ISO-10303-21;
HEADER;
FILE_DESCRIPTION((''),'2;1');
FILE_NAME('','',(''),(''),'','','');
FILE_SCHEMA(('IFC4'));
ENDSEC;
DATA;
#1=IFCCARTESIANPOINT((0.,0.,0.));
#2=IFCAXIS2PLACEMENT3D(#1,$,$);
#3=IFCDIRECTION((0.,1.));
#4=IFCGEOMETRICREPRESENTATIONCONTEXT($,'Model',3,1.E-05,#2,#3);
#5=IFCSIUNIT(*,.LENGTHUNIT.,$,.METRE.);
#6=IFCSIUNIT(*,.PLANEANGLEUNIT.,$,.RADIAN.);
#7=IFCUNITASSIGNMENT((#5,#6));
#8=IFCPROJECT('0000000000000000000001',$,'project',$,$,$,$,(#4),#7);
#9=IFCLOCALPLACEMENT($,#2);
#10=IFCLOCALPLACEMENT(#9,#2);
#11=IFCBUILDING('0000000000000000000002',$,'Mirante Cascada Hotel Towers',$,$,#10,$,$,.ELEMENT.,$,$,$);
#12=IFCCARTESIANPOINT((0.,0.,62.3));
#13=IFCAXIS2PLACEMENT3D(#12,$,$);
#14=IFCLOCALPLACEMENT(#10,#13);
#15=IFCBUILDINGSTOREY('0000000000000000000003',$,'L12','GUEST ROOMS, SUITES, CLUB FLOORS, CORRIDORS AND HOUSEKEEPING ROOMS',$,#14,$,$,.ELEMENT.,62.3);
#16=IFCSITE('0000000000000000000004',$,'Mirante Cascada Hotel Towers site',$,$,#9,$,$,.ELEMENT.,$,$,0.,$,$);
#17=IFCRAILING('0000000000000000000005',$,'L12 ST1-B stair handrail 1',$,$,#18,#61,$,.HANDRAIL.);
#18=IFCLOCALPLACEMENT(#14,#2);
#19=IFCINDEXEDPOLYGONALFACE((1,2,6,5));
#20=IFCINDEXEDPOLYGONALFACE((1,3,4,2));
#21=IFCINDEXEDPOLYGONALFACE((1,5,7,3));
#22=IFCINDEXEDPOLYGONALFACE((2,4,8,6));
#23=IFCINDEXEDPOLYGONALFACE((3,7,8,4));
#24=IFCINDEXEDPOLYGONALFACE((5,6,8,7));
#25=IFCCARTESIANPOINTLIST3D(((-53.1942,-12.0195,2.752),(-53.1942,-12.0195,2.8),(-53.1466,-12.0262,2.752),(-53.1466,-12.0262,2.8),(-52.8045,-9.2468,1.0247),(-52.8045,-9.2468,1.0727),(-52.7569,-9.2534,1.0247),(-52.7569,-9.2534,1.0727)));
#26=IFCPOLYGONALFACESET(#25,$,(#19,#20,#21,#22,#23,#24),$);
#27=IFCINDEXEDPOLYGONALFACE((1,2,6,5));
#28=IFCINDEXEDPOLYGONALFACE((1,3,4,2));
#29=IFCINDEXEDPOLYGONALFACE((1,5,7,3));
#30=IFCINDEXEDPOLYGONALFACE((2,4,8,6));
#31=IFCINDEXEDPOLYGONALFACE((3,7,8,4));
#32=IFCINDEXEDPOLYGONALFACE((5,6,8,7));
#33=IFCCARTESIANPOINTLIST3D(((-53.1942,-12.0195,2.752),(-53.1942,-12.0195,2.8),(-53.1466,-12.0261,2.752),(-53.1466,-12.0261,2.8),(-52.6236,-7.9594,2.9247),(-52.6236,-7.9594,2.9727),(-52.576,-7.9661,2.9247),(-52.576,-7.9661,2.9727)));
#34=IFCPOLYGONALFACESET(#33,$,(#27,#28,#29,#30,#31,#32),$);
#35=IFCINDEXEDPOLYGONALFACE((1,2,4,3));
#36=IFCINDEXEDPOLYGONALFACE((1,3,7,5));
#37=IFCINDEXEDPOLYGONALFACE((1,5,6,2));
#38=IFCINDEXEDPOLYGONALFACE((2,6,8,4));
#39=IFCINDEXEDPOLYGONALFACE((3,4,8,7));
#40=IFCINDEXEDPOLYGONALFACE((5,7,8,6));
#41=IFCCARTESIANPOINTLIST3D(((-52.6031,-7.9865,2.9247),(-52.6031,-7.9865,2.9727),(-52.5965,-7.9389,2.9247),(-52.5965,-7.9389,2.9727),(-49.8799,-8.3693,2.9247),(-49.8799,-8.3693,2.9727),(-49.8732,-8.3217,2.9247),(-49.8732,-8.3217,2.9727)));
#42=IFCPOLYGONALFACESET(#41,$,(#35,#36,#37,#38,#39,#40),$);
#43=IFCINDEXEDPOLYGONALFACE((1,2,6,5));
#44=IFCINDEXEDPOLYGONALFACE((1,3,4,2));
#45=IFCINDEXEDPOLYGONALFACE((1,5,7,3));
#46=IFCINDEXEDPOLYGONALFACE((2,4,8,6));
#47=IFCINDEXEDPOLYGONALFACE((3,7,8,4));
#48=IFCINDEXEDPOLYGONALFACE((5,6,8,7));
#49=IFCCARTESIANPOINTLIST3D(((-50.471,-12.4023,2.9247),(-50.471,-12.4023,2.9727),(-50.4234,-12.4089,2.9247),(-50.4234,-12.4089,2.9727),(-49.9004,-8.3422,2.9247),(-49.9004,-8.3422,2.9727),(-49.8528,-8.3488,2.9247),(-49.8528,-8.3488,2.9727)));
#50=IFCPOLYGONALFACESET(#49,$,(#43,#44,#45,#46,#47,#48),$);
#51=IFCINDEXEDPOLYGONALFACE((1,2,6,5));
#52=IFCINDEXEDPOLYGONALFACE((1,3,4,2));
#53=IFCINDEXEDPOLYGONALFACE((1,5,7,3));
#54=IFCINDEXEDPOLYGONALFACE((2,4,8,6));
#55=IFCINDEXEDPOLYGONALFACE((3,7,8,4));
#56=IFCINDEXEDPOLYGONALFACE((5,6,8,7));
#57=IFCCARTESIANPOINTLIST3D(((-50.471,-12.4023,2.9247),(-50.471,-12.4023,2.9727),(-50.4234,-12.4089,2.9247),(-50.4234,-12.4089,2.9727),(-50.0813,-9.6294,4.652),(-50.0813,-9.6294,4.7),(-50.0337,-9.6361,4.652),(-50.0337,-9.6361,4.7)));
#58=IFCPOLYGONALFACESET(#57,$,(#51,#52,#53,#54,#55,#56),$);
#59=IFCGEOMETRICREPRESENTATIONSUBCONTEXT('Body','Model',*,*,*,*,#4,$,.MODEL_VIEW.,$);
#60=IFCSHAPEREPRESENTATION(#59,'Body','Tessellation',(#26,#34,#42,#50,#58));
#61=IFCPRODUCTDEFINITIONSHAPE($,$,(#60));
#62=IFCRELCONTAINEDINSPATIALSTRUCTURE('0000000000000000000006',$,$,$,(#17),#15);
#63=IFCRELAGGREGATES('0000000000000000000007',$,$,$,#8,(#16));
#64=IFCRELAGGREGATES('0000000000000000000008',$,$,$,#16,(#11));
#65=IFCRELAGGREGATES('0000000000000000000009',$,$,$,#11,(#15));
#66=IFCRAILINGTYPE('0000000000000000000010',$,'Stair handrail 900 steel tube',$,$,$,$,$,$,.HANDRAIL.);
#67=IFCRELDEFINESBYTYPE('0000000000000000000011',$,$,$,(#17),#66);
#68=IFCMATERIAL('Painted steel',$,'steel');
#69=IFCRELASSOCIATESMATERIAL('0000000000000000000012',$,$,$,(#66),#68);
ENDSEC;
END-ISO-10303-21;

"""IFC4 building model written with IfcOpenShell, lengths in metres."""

from ifc_helpers import new_model, si_unit, direction, frame, origin, origin_2d, place, context, subcontext, project, spatial, rectangle, extrude, material, type_object, element, save


model = new_model("IFC4")

# Units and contexts
model_context = context("Model", 3, precision=1e-05, world=origin(), true_north=direction((0.0, 1.0)))
body_context = subcontext(model_context, "Body", "Model", "MODEL_VIEW")
ifc_project = project(units=[si_unit("LENGTHUNIT", "METRE"), si_unit("PLANEANGLEUNIT", "RADIAN")], contexts=[model_context])

# Site, building, storey
site_placement = place(None, origin())
site = spatial("IfcSite", under=ifc_project, at=site_placement, Name="Mirante Cascada Hotel Towers site", CompositionType="ELEMENT", RefElevation=0.0)
building_placement = place(site_placement, origin())
building = spatial("IfcBuilding", under=site, at=building_placement, Name="Mirante Cascada Hotel Towers", CompositionType="ELEMENT")
storey_placement = place(building_placement, frame((0.0, 0.0, 62.3)))
storey = spatial("IfcBuildingStorey", under=building, at=storey_placement, Name="L12", Description="GUEST ROOMS, SUITES, CLUB FLOORS, CORRIDORS AND HOUSEKEEPING ROOMS", CompositionType="ELEMENT", Elevation=62.3)

# Railing
ifc_material_1 = material(Name="Painted steel", Category="steel")
railing_type_1 = type_object("IfcRailingType", Name="Stair handrail 900 steel tube", PredefinedType="HANDRAIL", material=ifc_material_1)
railing_1_placement = place(storey_placement, frame((-52.7807, -9.2501, 0.1727)))
element("IfcRailing", 1, at=railing_1_placement, inside=storey, type_object=railing_type_1, Name="L12 ST1-B stair handrail 1", PredefinedType="HANDRAIL", context=body_context, shape_type="SweptSolid", body=[
    extrude(rectangle(XDim=0.048, YDim=0.048, at=origin_2d()), frame((0.0, 0.0, 0.876), z_axis=(-0.139181, -0.990267, 0.0), x_axis=(0.990267, -0.139181, 0.0)), (0.0, 0.525035, 0.851081), 3.2899),
    extrude(rectangle(XDim=0.048, YDim=0.048, at=origin_2d()), frame((-0.3897, -2.7727, 2.6033), z_axis=(0.139171, 0.990268, 0.0), x_axis=(-0.990268, 0.139171, 0.0)), (0.0, 0.042085, 0.999114), 4.1036),
    extrude(rectangle(XDim=0.048, YDim=0.048, at=origin_2d()), frame((0.1809, 1.2874, 2.776), z_axis=(0.990264, -0.139201, 0.0), x_axis=(0.139201, 0.990264, 0.0)), (0.0, 0.0, 1.0), 2.75),
    extrude(rectangle(XDim=0.048, YDim=0.048, at=origin_2d()), frame((2.9041, 0.9046, 2.776), z_axis=(-0.139171, -0.990268, 0.0), x_axis=(0.990268, -0.139171, 0.0)), (0.0, 0.0, 1.0), 4.1),
    extrude(rectangle(XDim=0.048, YDim=0.048, at=origin_2d()), frame((2.3335, -3.1555, 2.776), z_axis=(0.139176, 0.990268, 0.0), x_axis=(-0.990268, 0.139176, 0.0)), (0.0, 0.525021, 0.851089), 3.29),
])

save(model, "model.ifc")
